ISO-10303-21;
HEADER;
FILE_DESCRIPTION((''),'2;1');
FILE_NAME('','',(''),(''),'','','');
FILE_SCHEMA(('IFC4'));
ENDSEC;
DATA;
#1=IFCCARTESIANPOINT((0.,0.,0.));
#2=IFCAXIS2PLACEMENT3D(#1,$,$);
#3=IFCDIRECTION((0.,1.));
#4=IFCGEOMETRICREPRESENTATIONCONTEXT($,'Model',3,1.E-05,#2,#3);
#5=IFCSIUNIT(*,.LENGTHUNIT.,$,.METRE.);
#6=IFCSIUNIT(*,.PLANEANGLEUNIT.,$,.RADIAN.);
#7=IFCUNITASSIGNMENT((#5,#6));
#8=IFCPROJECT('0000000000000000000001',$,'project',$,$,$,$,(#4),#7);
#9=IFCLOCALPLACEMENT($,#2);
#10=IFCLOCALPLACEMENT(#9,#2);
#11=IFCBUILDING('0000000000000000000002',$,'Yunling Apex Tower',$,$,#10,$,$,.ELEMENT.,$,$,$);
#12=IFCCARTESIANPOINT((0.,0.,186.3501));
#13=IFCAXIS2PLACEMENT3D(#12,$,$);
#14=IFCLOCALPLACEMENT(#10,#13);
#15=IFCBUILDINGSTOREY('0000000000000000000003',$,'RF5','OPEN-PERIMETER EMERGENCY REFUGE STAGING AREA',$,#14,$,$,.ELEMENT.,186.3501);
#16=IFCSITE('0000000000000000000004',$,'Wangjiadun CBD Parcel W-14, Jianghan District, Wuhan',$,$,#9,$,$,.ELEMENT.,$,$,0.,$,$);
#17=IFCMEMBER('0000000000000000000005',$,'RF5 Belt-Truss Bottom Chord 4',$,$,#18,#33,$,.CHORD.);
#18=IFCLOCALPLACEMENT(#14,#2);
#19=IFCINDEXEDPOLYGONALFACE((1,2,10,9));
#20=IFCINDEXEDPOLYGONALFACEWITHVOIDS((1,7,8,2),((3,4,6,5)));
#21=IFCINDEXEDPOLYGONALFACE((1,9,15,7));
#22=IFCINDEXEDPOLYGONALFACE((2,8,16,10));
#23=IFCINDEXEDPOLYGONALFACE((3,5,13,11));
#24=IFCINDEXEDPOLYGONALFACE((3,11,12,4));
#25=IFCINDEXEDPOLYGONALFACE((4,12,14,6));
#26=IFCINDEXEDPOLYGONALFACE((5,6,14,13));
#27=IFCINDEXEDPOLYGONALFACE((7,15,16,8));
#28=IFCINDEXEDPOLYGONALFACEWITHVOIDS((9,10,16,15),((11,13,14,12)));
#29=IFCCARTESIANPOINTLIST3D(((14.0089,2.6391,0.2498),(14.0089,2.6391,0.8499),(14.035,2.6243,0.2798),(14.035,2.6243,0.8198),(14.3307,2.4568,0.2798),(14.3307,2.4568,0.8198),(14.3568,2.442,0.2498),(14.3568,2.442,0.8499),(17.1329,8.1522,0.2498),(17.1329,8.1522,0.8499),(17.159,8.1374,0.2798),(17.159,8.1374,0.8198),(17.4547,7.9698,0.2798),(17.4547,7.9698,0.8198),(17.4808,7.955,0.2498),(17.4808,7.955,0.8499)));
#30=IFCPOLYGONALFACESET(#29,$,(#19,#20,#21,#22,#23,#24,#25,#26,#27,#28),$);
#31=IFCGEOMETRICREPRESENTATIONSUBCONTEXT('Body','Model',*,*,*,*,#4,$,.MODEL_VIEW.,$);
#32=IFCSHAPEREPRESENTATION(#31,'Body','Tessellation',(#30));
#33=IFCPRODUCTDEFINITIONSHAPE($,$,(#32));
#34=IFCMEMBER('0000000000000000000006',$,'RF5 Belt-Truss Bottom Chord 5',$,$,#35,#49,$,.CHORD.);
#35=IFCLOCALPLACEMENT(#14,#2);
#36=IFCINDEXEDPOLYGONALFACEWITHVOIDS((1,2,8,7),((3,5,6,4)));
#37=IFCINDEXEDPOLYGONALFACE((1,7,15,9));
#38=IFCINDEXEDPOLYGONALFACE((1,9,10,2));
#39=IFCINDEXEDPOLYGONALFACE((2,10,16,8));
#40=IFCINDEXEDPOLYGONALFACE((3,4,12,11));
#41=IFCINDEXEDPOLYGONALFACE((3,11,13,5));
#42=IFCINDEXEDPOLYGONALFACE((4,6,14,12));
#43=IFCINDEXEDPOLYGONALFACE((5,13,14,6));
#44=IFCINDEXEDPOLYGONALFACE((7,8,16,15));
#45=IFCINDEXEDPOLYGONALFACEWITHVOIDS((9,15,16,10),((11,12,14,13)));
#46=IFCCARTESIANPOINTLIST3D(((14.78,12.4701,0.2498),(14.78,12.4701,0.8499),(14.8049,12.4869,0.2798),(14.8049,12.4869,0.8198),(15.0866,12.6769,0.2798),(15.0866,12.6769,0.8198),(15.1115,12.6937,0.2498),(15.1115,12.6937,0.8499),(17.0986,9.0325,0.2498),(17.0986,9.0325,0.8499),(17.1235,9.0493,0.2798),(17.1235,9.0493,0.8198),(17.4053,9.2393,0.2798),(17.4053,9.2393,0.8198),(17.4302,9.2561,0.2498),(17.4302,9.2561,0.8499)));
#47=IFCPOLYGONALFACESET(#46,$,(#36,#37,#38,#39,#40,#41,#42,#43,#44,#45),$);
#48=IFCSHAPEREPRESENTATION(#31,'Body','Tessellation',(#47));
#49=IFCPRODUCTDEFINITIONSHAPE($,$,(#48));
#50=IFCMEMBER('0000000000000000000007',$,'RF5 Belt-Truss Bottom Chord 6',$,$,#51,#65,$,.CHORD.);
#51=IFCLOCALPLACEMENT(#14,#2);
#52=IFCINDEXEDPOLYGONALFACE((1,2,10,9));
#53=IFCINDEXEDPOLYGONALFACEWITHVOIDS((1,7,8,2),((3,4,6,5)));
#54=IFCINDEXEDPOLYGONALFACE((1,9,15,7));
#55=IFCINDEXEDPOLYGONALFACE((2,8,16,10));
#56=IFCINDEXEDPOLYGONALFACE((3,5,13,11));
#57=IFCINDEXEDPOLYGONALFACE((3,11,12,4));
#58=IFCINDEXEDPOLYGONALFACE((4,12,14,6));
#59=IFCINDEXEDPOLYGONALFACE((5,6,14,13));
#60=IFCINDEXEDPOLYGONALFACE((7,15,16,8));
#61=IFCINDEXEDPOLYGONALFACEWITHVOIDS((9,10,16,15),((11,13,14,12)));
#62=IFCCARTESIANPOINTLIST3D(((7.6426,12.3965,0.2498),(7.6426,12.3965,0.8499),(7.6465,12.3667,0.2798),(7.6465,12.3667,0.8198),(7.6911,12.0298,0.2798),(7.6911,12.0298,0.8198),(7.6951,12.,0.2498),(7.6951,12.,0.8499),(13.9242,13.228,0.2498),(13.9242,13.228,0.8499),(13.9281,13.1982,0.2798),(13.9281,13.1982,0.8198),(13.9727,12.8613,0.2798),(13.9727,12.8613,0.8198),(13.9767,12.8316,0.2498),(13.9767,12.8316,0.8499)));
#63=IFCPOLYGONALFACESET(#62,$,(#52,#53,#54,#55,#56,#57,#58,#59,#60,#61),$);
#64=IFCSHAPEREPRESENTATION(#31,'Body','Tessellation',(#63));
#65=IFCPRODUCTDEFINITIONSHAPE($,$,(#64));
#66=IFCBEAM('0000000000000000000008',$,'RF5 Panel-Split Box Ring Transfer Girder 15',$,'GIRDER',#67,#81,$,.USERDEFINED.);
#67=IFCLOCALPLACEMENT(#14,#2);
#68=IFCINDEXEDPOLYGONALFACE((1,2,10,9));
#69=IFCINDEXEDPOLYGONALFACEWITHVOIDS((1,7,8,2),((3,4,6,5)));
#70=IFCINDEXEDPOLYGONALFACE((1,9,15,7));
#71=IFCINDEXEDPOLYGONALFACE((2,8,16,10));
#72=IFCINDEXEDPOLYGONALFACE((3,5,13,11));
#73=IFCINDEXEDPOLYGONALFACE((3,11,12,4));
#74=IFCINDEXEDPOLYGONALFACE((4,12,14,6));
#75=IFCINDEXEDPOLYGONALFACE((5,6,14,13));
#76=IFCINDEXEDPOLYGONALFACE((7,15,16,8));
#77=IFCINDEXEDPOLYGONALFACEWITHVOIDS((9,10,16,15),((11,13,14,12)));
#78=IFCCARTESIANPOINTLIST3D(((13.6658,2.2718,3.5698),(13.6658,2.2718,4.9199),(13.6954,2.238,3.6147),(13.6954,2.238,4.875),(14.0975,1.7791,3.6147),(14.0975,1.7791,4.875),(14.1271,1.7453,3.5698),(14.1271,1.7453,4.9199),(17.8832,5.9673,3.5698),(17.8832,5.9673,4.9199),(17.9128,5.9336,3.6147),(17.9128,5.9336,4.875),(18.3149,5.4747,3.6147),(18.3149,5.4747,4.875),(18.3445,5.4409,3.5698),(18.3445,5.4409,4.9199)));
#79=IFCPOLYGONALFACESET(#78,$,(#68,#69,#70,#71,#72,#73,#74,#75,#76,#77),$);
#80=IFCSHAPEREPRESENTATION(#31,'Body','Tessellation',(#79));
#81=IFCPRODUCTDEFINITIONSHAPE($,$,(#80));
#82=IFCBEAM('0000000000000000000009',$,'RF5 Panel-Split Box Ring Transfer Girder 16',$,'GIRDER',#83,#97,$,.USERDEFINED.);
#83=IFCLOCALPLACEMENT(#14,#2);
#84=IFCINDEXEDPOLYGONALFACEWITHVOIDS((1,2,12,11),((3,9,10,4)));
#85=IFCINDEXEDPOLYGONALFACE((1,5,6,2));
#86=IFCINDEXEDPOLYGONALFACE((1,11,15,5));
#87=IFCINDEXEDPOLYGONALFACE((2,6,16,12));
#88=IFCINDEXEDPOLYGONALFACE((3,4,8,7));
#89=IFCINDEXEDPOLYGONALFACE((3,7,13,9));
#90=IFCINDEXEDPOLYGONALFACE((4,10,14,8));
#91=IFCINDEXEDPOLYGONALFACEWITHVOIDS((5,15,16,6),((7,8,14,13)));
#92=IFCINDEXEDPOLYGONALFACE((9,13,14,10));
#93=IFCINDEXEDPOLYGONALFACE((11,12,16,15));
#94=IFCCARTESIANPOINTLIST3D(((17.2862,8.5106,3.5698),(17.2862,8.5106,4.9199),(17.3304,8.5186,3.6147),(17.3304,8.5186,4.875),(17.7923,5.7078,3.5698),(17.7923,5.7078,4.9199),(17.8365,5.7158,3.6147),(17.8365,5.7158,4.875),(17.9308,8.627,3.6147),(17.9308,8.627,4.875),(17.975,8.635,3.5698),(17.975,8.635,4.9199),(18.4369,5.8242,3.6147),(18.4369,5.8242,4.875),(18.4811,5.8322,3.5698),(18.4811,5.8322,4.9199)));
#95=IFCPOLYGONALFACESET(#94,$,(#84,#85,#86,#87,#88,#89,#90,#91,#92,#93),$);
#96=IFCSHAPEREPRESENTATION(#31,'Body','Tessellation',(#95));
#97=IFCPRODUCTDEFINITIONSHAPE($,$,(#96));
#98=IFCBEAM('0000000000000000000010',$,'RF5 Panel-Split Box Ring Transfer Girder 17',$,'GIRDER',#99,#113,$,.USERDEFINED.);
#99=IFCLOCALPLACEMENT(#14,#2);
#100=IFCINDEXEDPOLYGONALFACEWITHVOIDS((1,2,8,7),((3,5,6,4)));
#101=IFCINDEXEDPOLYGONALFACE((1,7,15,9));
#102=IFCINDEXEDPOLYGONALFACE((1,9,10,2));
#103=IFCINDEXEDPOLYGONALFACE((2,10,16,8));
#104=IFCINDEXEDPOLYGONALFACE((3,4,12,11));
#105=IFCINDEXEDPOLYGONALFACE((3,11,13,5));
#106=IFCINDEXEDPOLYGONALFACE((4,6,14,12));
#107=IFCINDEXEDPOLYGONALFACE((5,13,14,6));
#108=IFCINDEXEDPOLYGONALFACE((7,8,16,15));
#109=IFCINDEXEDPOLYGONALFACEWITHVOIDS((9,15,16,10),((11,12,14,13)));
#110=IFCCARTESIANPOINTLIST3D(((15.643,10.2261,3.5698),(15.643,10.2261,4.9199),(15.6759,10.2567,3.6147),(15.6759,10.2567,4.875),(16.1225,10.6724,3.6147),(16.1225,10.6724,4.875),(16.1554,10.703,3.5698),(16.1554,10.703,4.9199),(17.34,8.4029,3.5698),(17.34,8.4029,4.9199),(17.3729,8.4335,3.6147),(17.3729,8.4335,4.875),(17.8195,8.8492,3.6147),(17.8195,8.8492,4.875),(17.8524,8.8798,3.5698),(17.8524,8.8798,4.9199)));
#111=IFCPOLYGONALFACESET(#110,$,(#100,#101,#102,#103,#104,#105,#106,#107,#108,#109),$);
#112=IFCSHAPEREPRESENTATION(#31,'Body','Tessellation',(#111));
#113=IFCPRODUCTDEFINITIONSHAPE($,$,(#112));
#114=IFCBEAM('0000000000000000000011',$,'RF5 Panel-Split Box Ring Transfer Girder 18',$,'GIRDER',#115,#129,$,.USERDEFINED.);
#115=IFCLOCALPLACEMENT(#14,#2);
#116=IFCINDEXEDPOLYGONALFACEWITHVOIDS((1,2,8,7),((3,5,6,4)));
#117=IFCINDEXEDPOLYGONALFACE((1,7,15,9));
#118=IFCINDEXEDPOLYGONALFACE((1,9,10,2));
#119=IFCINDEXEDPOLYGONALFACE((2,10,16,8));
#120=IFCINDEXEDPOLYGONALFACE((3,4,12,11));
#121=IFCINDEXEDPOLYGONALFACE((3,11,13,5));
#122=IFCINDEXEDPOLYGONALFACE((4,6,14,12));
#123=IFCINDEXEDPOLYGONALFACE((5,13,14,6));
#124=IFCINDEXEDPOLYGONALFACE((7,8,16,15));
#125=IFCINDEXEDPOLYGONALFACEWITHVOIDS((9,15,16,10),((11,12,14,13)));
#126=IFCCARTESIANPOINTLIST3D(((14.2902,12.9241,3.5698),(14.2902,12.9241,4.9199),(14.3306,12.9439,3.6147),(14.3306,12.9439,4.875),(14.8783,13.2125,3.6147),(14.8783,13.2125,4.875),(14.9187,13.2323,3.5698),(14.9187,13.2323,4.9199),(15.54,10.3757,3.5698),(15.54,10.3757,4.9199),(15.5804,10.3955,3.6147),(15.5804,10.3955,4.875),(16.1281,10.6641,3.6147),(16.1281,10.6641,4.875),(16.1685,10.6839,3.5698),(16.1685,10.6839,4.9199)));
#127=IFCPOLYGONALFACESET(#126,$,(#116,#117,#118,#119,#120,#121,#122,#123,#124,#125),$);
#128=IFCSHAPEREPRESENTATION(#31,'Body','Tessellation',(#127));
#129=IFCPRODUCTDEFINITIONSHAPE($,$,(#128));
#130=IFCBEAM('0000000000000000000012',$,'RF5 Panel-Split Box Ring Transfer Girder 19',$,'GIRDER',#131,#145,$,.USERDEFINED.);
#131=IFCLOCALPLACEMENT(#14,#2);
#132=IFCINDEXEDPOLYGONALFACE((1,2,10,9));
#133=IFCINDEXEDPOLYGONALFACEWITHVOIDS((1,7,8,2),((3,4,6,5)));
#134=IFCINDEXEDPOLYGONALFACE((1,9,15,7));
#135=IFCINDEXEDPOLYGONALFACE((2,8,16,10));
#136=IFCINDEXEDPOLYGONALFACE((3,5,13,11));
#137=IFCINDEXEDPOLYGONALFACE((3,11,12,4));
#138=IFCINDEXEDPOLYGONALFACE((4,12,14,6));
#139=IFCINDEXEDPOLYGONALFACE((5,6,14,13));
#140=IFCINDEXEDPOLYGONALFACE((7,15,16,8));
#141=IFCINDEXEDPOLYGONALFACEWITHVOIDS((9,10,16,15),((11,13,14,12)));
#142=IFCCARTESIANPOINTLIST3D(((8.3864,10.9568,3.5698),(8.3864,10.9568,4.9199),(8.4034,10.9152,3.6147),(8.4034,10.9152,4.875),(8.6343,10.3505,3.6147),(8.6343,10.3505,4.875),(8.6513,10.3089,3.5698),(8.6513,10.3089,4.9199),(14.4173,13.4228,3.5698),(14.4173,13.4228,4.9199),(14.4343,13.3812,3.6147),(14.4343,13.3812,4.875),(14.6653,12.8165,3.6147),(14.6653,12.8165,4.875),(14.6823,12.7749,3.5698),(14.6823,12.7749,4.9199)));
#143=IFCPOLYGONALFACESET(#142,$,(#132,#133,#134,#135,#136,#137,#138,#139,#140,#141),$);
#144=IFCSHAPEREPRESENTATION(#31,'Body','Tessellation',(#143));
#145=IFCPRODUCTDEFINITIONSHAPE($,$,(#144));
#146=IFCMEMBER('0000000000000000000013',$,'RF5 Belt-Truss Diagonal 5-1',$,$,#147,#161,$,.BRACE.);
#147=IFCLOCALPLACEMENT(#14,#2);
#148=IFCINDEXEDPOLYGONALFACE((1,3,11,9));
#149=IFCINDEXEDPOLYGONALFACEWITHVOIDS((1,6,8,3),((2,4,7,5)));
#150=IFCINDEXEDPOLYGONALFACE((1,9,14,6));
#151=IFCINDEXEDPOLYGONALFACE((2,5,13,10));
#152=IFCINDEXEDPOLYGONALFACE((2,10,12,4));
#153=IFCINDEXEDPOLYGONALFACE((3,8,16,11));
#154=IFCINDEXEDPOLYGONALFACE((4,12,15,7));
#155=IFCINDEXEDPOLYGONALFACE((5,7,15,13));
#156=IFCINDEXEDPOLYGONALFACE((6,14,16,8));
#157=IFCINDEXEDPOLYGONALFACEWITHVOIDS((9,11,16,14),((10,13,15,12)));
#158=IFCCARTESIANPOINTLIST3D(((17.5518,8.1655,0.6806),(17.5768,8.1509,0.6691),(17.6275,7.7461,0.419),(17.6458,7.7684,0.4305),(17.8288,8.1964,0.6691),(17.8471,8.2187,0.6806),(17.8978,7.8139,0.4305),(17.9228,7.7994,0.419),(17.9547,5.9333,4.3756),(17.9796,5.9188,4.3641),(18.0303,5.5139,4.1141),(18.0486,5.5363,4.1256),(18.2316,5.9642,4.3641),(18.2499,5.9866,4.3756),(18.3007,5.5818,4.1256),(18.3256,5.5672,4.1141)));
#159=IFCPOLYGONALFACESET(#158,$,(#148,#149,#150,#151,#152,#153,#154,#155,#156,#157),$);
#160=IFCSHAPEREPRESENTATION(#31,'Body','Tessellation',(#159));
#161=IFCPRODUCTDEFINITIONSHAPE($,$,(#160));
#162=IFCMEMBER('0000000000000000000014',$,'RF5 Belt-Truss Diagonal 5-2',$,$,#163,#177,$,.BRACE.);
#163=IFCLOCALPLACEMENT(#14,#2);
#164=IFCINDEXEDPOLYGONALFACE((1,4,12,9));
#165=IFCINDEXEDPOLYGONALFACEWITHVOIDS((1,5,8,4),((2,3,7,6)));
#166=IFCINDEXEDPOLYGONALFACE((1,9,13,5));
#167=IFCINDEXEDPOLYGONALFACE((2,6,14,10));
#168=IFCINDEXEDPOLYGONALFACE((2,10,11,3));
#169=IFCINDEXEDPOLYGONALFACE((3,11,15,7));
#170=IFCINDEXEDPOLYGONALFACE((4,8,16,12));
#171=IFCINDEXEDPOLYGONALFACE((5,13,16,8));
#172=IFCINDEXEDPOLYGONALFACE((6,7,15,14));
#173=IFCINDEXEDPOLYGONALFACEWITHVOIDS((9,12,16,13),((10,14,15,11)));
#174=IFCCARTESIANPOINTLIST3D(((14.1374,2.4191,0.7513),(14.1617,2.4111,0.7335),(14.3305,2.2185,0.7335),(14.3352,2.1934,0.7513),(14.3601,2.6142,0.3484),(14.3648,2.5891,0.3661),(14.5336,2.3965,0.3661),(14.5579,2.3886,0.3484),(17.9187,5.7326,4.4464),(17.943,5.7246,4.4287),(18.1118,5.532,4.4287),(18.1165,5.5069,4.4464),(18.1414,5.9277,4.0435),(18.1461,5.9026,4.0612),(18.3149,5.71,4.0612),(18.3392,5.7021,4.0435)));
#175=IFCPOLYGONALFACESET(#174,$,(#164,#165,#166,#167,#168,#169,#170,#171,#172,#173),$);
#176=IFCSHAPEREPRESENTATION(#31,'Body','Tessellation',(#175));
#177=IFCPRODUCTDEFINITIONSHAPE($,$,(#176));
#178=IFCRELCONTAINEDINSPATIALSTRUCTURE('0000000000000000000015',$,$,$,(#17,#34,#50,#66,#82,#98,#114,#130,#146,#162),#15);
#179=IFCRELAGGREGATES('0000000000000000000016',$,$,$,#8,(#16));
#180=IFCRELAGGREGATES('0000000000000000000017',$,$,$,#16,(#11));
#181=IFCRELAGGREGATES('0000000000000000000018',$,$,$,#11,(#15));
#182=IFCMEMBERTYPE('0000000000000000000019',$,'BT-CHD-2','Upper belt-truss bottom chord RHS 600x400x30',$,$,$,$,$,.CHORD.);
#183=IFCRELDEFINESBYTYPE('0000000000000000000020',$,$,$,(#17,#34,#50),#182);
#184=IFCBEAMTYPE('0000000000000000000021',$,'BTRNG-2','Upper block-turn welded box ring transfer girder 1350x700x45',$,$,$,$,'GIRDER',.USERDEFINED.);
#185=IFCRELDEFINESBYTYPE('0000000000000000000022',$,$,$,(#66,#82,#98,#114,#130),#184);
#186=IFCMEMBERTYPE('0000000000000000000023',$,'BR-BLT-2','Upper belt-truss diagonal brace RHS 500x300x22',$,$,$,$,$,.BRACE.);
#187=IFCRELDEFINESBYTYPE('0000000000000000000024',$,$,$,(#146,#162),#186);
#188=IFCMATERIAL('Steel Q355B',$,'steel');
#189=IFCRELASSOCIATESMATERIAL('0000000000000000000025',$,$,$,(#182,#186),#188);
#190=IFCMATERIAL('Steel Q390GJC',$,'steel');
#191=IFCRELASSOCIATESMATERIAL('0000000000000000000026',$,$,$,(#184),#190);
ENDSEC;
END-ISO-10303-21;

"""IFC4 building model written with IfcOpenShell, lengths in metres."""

from ifc_helpers import new_model, si_unit, direction, frame, origin, origin_2d, place, context, subcontext, project, spatial, hollow_rectangle, extrude, source, transform, mapped, material, material_profile, profile_set, type_object, element, save


model = new_model("IFC4")

# Units and contexts
model_context = context("Model", 3, precision=1e-05, world=origin(), true_north=direction((0.0, 1.0)))
body_context = subcontext(model_context, "Body", "Model", "MODEL_VIEW")
ifc_project = project(units=[si_unit("LENGTHUNIT", "METRE"), si_unit("PLANEANGLEUNIT", "RADIAN")], contexts=[model_context])

# Site, building, storey
site_placement = place(None, origin())
site = spatial("IfcSite", under=ifc_project, at=site_placement, Name="Wangjiadun CBD Parcel W-14, Jianghan District, Wuhan", CompositionType="ELEMENT", RefElevation=0.0)
building_placement = place(site_placement, origin())
building = spatial("IfcBuilding", under=site, at=building_placement, Name="Yunling Apex Tower", CompositionType="ELEMENT")
storey_placement = place(building_placement, frame((0.0, 0.0, 186.3501)))
storey = spatial("IfcBuildingStorey", under=building, at=storey_placement, Name="RF5", Description="OPEN-PERIMETER EMERGENCY REFUGE STAGING AREA", CompositionType="ELEMENT", Elevation=186.3501)

# Shared definitions
ifc_material_1 = material(Name="Steel Q390GJC", Category="steel")

# Members
ifc_material_2 = material(Name="Steel Q355B", Category="steel")
ifc_material_profile_1 = material_profile(ifc_material_2, hollow_rectangle(XDim=0.3999, YDim=0.6001, WallThickness=0.03, at=origin_2d()))
ifc_profile_set_1 = profile_set([ifc_material_profile_1], Name="Steel Q355B")
member_type_1 = type_object("IfcMemberType", Name="BT-CHD-2", Description="Upper belt-truss bottom chord RHS 600x400x30", PredefinedType="CHORD", material=ifc_profile_set_1)
shared_shape_1 = source(origin(), body_context, "Body", "SweptSolid", [
    extrude(hollow_rectangle(XDim=0.3999, YDim=0.6001, WallThickness=0.03, at=origin_2d()), origin(), (0.0, 0.0, 1.0), 6.3367),
])
member_1_placement = place(storey_placement, frame((14.1829, 2.5405, 0.5498), z_axis=(0.492999, 0.87003, 0.0), x_axis=(-0.87003, 0.492999, 0.0)))
element("IfcMember", 1, at=member_1_placement, inside=storey, type_object=member_type_1, Name="RF5 Belt-Truss Bottom Chord 4", PredefinedType="CHORD", context=body_context, shape_type="MappedRepresentation", body=[
    mapped(shared_shape_1, transform((0.0, 0.0, 0.0), scale=1.0)),
])
shared_shape_2 = source(origin(), body_context, "Body", "SweptSolid", [
    extrude(hollow_rectangle(XDim=0.3999, YDim=0.6001, WallThickness=0.03, at=origin_2d()), origin(), (0.0, 0.0, 1.0), 4.1465),
])
member_2_placement = place(storey_placement, frame((17.2644, 9.1443, 0.5498), z_axis=(-0.55919, 0.82904, 0.0), x_axis=(-0.82904, -0.55919, 0.0)))
element("IfcMember", 2, at=member_2_placement, inside=storey, type_object=member_type_1, Name="RF5 Belt-Truss Bottom Chord 5", PredefinedType="CHORD", context=body_context, shape_type="MappedRepresentation", body=[
    mapped(shared_shape_2, transform((0.0, 0.0, 0.0), scale=1.0)),
])
shared_shape_3 = source(origin(), body_context, "Body", "SweptSolid", [
    extrude(hollow_rectangle(XDim=0.3999, YDim=0.6001, WallThickness=0.03, at=origin_2d()), origin(), (0.0, 0.0, 1.0), 6.3364),
])
member_3_placement = place(storey_placement, frame((13.9504, 13.0298, 0.5498), z_axis=(-0.991352, -0.13123, 0.0), x_axis=(0.13123, -0.991352, 0.0)))
element("IfcMember", 3, at=member_3_placement, inside=storey, type_object=member_type_1, Name="RF5 Belt-Truss Bottom Chord 6", PredefinedType="CHORD", context=body_context, shape_type="MappedRepresentation", body=[
    mapped(shared_shape_3, transform((0.0, 0.0, 0.0), scale=1.0)),
])

# Beams
ifc_material_profile_2 = material_profile(ifc_material_1, hollow_rectangle(XDim=0.7, YDim=1.3501, WallThickness=0.0449, at=origin_2d()))
ifc_profile_set_2 = profile_set([ifc_material_profile_2], Name="Steel Q390GJC")
beam_type = type_object("IfcBeamType", Name="BTRNG-2", Description="Upper block-turn welded box ring transfer girder 1350x700x45", ElementType="GIRDER", PredefinedType="USERDEFINED", material=ifc_profile_set_2)
shared_shape_4 = source(origin(), body_context, "Body", "SweptSolid", [
    extrude(hollow_rectangle(XDim=0.7, YDim=1.3501, WallThickness=0.0449, at=origin_2d()), origin(), (0.0, 0.0, 1.0), 5.6074),
])
beam_1_placement = place(storey_placement, frame((13.8965, 2.0085, 4.2449), z_axis=(0.752096, 0.659053, 0.0), x_axis=(-0.659053, 0.752096, 0.0)))
element("IfcBeam", 4, at=beam_1_placement, inside=storey, type_object=beam_type, Name="RF5 Panel-Split Box Ring Transfer Girder 15", ObjectType="GIRDER", PredefinedType="USERDEFINED", context=body_context, shape_type="MappedRepresentation", body=[
    mapped(shared_shape_4, transform((0.0, 0.0, 0.0), scale=1.0)),
])
shared_shape_5 = source(origin(), body_context, "Body", "SweptSolid", [
    extrude(hollow_rectangle(XDim=0.7, YDim=1.3501, WallThickness=0.0449, at=origin_2d()), origin(), (0.0, 0.0, 1.0), 2.8481),
])
beam_2_placement = place(storey_placement, frame((18.1367, 5.77, 4.2449), z_axis=(-0.177701, 0.984085, 0.0), x_axis=(-0.984085, -0.177701, 0.0)))
element("IfcBeam", 5, at=beam_2_placement, inside=storey, type_object=beam_type, Name="RF5 Panel-Split Box Ring Transfer Girder 16", ObjectType="GIRDER", PredefinedType="USERDEFINED", context=body_context, shape_type="MappedRepresentation", body=[
    mapped(shared_shape_5, transform((0.0, 0.0, 0.0), scale=1.0)),
])
shared_shape_6 = source(origin(), body_context, "Body", "SweptSolid", [
    extrude(hollow_rectangle(XDim=0.7, YDim=1.3501, WallThickness=0.0449, at=origin_2d()), origin(), (0.0, 0.0, 1.0), 2.4907),
])
beam_3_placement = place(storey_placement, frame((17.5962, 8.6414, 4.2449), z_axis=(-0.681315, 0.73199, 0.0), x_axis=(-0.73199, -0.681315, 0.0)))
element("IfcBeam", 6, at=beam_3_placement, inside=storey, type_object=beam_type, Name="RF5 Panel-Split Box Ring Transfer Girder 17", ObjectType="GIRDER", PredefinedType="USERDEFINED", context=body_context, shape_type="MappedRepresentation", body=[
    mapped(shared_shape_6, transform((0.0, 0.0, 0.0), scale=1.0)),
])
shared_shape_7 = source(origin(), body_context, "Body", "SweptSolid", [
    extrude(hollow_rectangle(XDim=0.7, YDim=1.3501, WallThickness=0.0449, at=origin_2d()), origin(), (0.0, 0.0, 1.0), 2.8384),
])
beam_4_placement = place(storey_placement, frame((15.8542, 10.5298, 4.2449), z_axis=(-0.440319, 0.897841, 0.0), x_axis=(-0.897841, -0.440319, 0.0)))
element("IfcBeam", 7, at=beam_4_placement, inside=storey, type_object=beam_type, Name="RF5 Panel-Split Box Ring Transfer Girder 18", ObjectType="GIRDER", PredefinedType="USERDEFINED", context=body_context, shape_type="MappedRepresentation", body=[
    mapped(shared_shape_7, transform((0.0, 0.0, 0.0), scale=1.0)),
])
shared_shape_8 = source(origin(), body_context, "Body", "SweptSolid", [
    extrude(hollow_rectangle(XDim=0.7, YDim=1.3501, WallThickness=0.0449, at=origin_2d()), origin(), (0.0, 0.0, 1.0), 6.5156),
])
beam_5_placement = place(storey_placement, frame((14.5498, 13.0989, 4.2449), z_axis=(-0.92561, -0.37848, 0.0), x_axis=(0.37848, -0.92561, 0.0)))
element("IfcBeam", 8, at=beam_5_placement, inside=storey, type_object=beam_type, Name="RF5 Panel-Split Box Ring Transfer Girder 19", ObjectType="GIRDER", PredefinedType="USERDEFINED", context=body_context, shape_type="MappedRepresentation", body=[
    mapped(shared_shape_8, transform((0.0, 0.0, 0.0), scale=1.0)),
])

# Members
ifc_material_profile_3 = material_profile(ifc_material_2, hollow_rectangle(XDim=0.3, YDim=0.5, WallThickness=0.022, at=origin_2d()))
ifc_profile_set_3 = profile_set([ifc_material_profile_3], Name="Steel Q355B")
member_type_2 = type_object("IfcMemberType", Name="BR-BLT-2", Description="Upper belt-truss diagonal brace RHS 500x300x22", PredefinedType="BRACE", material=ifc_profile_set_3)
shared_shape_9 = source(origin(), body_context, "Body", "SweptSolid", [
    extrude(hollow_rectangle(XDim=0.3, YDim=0.5, WallThickness=0.022, at=origin_2d()), origin(), (0.0, 0.0, 1.0), 4.3357),
])
member_4_placement = place(storey_placement, frame((17.7373, 7.9824, 0.5498), z_axis=(0.09291, -0.514835, 0.85224), x_axis=(0.984103, 0.177597, 0.0)))
element("IfcMember", 9, at=member_4_placement, inside=storey, type_object=member_type_2, Name="RF5 Belt-Truss Diagonal 5-1", PredefinedType="BRACE", context=body_context, shape_type="MappedRepresentation", body=[
    mapped(shared_shape_9, transform((0.0, 0.0, 0.0), scale=1.0)),
])
shared_shape_10 = source(origin(), body_context, "Body", "SweptSolid", [
    extrude(hollow_rectangle(XDim=0.3, YDim=0.5, WallThickness=0.022, at=origin_2d()), origin(), (0.0, 0.0, 1.0), 6.2395),
])
member_5_placement = place(storey_placement, frame((14.3477, 2.4038, 0.5498), z_axis=(0.606025, 0.531054, 0.592212), x_axis=(-0.659054, 0.752095, 0.0)))
element("IfcMember", 10, at=member_5_placement, inside=storey, type_object=member_type_2, Name="RF5 Belt-Truss Diagonal 5-2", PredefinedType="BRACE", context=body_context, shape_type="MappedRepresentation", body=[
    mapped(shared_shape_10, transform((0.0, 0.0, 0.0), scale=1.0)),
])

save(model, "model.ifc")
